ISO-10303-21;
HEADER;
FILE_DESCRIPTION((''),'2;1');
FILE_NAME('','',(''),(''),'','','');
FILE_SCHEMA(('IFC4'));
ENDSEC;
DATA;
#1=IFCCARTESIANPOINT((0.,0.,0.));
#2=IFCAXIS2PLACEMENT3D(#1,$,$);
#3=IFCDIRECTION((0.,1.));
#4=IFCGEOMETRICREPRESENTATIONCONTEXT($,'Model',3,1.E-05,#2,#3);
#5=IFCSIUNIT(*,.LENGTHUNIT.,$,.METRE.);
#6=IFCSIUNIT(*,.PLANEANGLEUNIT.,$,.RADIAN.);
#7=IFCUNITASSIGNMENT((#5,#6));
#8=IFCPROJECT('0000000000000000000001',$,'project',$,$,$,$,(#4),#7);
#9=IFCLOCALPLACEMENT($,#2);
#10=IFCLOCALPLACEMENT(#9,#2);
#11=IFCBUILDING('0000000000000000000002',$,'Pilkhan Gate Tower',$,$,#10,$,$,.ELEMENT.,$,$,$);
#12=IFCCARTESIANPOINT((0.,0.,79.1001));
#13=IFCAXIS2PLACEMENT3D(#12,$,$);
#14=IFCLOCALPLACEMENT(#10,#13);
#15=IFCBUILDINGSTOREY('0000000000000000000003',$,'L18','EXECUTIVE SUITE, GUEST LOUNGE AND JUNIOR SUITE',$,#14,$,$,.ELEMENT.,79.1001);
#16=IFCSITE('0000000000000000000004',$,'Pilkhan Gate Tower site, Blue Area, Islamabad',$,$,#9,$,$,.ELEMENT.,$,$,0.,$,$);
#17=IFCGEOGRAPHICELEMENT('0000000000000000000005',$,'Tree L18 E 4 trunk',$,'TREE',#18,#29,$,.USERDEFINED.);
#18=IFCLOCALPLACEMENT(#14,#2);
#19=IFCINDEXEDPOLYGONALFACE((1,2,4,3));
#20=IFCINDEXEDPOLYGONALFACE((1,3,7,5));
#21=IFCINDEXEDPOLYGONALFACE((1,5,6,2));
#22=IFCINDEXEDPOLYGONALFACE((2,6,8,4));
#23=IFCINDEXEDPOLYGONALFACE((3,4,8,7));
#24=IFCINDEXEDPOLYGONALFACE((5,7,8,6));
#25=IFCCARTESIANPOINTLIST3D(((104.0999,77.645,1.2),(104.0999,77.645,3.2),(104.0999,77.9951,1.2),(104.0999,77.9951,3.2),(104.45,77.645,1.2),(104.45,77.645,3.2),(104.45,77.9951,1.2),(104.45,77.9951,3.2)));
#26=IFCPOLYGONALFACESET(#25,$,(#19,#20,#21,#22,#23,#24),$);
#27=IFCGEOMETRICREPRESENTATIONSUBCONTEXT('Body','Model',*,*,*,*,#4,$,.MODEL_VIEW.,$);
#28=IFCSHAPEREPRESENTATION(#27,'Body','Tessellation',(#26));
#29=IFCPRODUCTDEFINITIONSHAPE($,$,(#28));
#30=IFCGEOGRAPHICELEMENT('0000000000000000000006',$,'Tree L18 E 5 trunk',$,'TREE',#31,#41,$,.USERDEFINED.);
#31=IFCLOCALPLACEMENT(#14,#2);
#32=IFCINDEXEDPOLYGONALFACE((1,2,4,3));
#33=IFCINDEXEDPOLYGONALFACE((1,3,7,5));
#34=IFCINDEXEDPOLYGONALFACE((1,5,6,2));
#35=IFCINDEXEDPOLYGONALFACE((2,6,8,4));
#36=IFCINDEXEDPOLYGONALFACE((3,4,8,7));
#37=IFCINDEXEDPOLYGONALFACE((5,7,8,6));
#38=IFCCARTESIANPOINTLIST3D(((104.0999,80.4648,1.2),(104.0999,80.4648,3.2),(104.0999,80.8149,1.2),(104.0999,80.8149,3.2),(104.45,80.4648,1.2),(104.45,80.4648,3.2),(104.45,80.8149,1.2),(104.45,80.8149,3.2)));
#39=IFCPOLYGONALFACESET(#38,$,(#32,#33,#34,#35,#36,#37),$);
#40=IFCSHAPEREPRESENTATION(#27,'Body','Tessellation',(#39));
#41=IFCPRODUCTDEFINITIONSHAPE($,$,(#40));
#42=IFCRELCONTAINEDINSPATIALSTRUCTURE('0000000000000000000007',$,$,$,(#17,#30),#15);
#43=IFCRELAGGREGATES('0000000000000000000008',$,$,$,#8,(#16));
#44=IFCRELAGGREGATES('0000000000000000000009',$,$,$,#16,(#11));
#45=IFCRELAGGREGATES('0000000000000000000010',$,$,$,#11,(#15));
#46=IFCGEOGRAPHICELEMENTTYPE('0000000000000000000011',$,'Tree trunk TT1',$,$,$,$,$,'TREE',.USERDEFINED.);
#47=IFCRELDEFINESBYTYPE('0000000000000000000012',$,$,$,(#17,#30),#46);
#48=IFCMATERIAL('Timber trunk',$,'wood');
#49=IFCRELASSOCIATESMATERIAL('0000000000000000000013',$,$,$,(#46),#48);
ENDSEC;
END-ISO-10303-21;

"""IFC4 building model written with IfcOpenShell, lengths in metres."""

from ifc_helpers import new_model, si_unit, direction, frame, origin, origin_2d, place, context, subcontext, project, spatial, rectangle, extrude, material, type_object, element, save


model = new_model("IFC4")

# Units and contexts
model_context = context("Model", 3, precision=1e-05, world=origin(), true_north=direction((0.0, 1.0)))
body_context = subcontext(model_context, "Body", "Model", "MODEL_VIEW")
ifc_project = project(units=[si_unit("LENGTHUNIT", "METRE"), si_unit("PLANEANGLEUNIT", "RADIAN")], contexts=[model_context])

# Site, building, storey
site_placement = place(None, origin())
site = spatial("IfcSite", under=ifc_project, at=site_placement, Name="Pilkhan Gate Tower site, Blue Area, Islamabad", CompositionType="ELEMENT", RefElevation=0.0)
building_placement = place(site_placement, origin())
building = spatial("IfcBuilding", under=site, at=building_placement, Name="Pilkhan Gate Tower", CompositionType="ELEMENT")
storey_placement = place(building_placement, frame((0.0, 0.0, 79.1001)))
storey = spatial("IfcBuildingStorey", under=building, at=storey_placement, Name="L18", Description="EXECUTIVE SUITE, GUEST LOUNGE AND JUNIOR SUITE", CompositionType="ELEMENT", Elevation=79.1001)

# Geographic elements
ifc_material_1 = material(Name="Timber trunk", Category="wood")
geographic_element_type_1 = type_object("IfcGeographicElementType", Name="Tree trunk TT1", ElementType="TREE", PredefinedType="USERDEFINED", material=ifc_material_1)
for number, where, z_axis, x_axis, name in (
    (1, (104.2749, 77.8201, 1.2), (0.0, 0.0, 1.0), (1.0, 0.0, 0.0), "Tree L18 E 4 trunk"),
    (2, (104.2749, 80.6399, 1.2), (0.0, 0.0, 1.0), (1.0, 0.0, 0.0), "Tree L18 E 5 trunk"),
):
    element("IfcGeographicElement", number, at=place(storey_placement, frame(where, z_axis=z_axis, x_axis=x_axis)), inside=storey, type_object=geographic_element_type_1, Name=name, ObjectType="TREE", PredefinedType="USERDEFINED", context=body_context, shape_type="SweptSolid", body=[
        extrude(rectangle(XDim=0.3501, YDim=0.3501, at=origin_2d()), origin(), (0.0, 0.0, 1.0), 2.0),
    ])

save(model, "model.ifc")
